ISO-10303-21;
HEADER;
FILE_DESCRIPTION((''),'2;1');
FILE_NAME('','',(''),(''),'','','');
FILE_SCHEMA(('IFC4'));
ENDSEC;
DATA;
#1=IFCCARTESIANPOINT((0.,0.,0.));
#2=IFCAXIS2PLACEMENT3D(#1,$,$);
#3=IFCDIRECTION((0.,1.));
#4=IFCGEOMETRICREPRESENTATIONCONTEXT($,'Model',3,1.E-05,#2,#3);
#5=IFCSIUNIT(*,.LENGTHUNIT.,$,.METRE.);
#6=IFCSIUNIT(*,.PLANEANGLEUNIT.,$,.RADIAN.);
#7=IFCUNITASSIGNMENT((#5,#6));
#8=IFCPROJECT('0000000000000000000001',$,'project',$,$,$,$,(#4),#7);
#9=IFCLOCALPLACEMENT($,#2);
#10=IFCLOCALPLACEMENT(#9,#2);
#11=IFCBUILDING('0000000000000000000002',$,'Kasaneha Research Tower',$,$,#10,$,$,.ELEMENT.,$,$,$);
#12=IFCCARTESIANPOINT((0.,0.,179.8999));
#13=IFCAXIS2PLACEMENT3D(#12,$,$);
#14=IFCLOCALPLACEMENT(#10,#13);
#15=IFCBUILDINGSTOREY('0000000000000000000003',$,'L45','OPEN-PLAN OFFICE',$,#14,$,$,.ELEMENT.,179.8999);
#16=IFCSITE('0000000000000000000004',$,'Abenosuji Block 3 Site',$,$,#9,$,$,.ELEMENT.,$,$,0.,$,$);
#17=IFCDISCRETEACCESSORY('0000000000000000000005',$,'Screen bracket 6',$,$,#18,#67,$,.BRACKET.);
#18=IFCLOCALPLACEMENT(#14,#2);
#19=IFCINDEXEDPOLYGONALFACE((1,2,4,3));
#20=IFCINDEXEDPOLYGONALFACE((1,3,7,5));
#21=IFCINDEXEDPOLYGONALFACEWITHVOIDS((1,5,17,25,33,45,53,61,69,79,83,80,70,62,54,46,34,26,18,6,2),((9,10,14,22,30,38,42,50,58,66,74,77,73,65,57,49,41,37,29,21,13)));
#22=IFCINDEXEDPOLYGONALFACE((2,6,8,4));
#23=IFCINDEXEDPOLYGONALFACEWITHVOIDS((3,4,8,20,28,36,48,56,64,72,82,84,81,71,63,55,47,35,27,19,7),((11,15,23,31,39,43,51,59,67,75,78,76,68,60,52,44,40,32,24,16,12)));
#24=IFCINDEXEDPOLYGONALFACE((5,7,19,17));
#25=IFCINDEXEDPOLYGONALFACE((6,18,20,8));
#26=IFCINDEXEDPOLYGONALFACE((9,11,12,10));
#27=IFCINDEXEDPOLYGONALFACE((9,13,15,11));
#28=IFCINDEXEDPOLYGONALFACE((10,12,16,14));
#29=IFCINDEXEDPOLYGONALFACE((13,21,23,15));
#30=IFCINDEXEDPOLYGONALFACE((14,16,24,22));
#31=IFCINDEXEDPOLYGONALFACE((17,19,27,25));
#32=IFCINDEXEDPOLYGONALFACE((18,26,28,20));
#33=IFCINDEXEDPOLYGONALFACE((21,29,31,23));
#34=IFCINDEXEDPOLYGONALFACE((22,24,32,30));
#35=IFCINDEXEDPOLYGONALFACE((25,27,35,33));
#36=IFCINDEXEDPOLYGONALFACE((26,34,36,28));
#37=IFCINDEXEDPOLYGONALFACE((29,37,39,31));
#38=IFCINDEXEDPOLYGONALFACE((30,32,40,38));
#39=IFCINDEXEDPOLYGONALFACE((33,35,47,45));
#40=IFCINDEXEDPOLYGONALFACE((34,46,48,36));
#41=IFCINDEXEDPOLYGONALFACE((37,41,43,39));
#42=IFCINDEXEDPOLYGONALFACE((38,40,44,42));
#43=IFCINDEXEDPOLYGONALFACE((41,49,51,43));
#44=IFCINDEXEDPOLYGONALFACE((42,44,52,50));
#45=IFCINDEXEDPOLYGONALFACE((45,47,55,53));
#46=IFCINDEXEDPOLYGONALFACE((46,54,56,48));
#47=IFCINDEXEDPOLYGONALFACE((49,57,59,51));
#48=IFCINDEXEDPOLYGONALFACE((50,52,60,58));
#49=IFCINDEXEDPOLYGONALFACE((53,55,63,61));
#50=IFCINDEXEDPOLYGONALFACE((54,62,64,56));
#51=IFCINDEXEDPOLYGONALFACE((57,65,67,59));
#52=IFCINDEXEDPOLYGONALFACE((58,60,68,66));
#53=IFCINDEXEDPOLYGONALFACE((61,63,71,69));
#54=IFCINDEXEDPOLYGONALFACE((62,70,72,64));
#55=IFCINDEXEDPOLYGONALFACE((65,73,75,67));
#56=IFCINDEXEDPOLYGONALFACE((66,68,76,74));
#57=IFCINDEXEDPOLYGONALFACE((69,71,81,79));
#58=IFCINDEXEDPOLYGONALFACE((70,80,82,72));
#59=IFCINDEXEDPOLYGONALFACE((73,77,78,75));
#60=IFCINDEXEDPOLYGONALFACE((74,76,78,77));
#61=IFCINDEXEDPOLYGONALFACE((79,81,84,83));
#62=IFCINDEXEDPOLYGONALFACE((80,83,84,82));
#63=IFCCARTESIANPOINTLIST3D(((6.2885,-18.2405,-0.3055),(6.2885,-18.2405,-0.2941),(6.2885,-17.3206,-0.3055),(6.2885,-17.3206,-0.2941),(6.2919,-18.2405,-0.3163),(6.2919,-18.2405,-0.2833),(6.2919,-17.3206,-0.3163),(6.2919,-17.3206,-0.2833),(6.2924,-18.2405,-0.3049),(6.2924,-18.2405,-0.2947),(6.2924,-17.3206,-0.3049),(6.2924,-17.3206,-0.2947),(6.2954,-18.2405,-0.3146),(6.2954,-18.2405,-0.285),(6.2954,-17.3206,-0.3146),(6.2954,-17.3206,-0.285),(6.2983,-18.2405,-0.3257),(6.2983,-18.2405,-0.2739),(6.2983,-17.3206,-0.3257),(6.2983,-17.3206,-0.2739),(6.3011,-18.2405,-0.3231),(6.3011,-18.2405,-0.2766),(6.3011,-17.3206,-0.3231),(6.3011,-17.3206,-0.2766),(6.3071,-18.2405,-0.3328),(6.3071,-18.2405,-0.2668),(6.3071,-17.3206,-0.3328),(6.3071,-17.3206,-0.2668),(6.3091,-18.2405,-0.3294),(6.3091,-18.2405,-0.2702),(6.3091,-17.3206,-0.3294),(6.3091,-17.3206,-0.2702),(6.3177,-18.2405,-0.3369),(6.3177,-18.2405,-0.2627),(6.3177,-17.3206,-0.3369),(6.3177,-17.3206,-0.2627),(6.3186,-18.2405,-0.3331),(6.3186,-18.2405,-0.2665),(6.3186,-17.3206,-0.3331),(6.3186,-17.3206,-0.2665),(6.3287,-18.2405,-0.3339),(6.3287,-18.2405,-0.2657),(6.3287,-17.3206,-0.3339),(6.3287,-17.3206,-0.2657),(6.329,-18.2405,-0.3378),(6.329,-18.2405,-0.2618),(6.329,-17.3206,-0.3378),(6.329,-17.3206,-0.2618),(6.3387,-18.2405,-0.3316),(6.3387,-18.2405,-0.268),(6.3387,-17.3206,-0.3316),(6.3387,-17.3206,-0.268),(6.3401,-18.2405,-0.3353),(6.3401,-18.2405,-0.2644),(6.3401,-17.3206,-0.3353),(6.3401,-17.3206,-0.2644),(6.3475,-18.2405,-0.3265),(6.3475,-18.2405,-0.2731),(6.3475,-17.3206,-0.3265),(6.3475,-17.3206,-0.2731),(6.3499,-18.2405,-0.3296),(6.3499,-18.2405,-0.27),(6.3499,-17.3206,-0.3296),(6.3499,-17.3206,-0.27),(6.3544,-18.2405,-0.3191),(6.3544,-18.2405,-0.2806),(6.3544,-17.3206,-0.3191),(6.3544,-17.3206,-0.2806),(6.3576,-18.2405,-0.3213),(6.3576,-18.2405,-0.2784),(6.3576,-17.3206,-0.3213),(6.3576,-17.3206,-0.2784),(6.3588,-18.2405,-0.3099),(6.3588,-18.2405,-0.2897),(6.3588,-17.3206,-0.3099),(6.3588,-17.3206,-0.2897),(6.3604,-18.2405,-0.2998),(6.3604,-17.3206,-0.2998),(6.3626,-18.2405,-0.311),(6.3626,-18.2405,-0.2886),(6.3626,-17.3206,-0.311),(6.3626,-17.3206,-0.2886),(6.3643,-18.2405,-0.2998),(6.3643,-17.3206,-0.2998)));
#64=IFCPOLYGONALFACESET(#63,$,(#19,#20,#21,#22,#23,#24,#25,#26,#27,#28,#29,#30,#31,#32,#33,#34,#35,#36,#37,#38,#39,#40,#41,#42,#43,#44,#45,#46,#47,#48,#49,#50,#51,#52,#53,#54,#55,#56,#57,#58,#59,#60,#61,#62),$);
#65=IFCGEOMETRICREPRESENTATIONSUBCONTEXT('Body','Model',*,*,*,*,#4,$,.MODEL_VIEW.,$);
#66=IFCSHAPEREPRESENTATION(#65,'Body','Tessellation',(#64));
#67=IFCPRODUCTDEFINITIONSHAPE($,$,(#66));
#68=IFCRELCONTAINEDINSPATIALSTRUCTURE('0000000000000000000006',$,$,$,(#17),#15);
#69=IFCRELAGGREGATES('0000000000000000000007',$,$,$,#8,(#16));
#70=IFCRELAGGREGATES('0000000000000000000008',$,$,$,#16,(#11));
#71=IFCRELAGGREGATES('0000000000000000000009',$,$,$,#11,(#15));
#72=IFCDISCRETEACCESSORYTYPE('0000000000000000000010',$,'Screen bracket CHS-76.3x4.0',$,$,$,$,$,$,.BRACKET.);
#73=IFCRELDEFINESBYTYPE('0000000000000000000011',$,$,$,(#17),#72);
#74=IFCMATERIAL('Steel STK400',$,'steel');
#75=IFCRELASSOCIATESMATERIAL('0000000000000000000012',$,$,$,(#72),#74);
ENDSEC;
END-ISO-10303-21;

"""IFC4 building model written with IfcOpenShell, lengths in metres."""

from ifc_helpers import new_model, si_unit, direction, frame, origin, origin_2d, place, context, subcontext, project, spatial, hollow_circle, extrude, material, material_profile, profile_set, type_object, element, save


model = new_model("IFC4")

# Units and contexts
model_context = context("Model", 3, precision=1e-05, world=origin(), true_north=direction((0.0, 1.0)))
body_context = subcontext(model_context, "Body", "Model", "MODEL_VIEW")
ifc_project = project(units=[si_unit("LENGTHUNIT", "METRE"), si_unit("PLANEANGLEUNIT", "RADIAN")], contexts=[model_context])

# Site, building, storey
site_placement = place(None, origin())
site = spatial("IfcSite", under=ifc_project, at=site_placement, Name="Abenosuji Block 3 Site", CompositionType="ELEMENT", RefElevation=0.0)
building_placement = place(site_placement, origin())
building = spatial("IfcBuilding", under=site, at=building_placement, Name="Kasaneha Research Tower", CompositionType="ELEMENT")
storey_placement = place(building_placement, frame((0.0, 0.0, 179.8999)))
storey = spatial("IfcBuildingStorey", under=building, at=storey_placement, Name="L45", Description="OPEN-PLAN OFFICE", CompositionType="ELEMENT", Elevation=179.8999)

# Discrete accessory
ifc_material_1 = material(Name="Steel STK400", Category="steel")
ifc_material_profile_1 = material_profile(ifc_material_1, hollow_circle(Radius=0.0381, WallThickness=0.0039, at=origin_2d()), Name="CHS-76.3x4.0")
ifc_profile_set_1 = profile_set([ifc_material_profile_1], Name="Steel STK400")
discrete_accessory_type = type_object("IfcDiscreteAccessoryType", Name="Screen bracket CHS-76.3x4.0", PredefinedType="BRACKET", material=ifc_profile_set_1)
for number, where, z_axis, x_axis, name in (
    (1, (6.3262, -17.3206, -0.2998), (0.0, -1.0, 0.0), (1.0, 0.0, 0.0), "Screen bracket 6"),
):
    element("IfcDiscreteAccessory", number, at=place(storey_placement, frame(where, z_axis=z_axis, x_axis=x_axis)), inside=storey, type_object=discrete_accessory_type, Name=name, PredefinedType="BRACKET", context=body_context, shape_type="SweptSolid", body=[
        extrude(hollow_circle(Radius=0.0381, WallThickness=0.0039, at=origin_2d()), origin(), (0.0, 0.0, 1.0), 0.9199),
    ])

save(model, "model.ifc")
